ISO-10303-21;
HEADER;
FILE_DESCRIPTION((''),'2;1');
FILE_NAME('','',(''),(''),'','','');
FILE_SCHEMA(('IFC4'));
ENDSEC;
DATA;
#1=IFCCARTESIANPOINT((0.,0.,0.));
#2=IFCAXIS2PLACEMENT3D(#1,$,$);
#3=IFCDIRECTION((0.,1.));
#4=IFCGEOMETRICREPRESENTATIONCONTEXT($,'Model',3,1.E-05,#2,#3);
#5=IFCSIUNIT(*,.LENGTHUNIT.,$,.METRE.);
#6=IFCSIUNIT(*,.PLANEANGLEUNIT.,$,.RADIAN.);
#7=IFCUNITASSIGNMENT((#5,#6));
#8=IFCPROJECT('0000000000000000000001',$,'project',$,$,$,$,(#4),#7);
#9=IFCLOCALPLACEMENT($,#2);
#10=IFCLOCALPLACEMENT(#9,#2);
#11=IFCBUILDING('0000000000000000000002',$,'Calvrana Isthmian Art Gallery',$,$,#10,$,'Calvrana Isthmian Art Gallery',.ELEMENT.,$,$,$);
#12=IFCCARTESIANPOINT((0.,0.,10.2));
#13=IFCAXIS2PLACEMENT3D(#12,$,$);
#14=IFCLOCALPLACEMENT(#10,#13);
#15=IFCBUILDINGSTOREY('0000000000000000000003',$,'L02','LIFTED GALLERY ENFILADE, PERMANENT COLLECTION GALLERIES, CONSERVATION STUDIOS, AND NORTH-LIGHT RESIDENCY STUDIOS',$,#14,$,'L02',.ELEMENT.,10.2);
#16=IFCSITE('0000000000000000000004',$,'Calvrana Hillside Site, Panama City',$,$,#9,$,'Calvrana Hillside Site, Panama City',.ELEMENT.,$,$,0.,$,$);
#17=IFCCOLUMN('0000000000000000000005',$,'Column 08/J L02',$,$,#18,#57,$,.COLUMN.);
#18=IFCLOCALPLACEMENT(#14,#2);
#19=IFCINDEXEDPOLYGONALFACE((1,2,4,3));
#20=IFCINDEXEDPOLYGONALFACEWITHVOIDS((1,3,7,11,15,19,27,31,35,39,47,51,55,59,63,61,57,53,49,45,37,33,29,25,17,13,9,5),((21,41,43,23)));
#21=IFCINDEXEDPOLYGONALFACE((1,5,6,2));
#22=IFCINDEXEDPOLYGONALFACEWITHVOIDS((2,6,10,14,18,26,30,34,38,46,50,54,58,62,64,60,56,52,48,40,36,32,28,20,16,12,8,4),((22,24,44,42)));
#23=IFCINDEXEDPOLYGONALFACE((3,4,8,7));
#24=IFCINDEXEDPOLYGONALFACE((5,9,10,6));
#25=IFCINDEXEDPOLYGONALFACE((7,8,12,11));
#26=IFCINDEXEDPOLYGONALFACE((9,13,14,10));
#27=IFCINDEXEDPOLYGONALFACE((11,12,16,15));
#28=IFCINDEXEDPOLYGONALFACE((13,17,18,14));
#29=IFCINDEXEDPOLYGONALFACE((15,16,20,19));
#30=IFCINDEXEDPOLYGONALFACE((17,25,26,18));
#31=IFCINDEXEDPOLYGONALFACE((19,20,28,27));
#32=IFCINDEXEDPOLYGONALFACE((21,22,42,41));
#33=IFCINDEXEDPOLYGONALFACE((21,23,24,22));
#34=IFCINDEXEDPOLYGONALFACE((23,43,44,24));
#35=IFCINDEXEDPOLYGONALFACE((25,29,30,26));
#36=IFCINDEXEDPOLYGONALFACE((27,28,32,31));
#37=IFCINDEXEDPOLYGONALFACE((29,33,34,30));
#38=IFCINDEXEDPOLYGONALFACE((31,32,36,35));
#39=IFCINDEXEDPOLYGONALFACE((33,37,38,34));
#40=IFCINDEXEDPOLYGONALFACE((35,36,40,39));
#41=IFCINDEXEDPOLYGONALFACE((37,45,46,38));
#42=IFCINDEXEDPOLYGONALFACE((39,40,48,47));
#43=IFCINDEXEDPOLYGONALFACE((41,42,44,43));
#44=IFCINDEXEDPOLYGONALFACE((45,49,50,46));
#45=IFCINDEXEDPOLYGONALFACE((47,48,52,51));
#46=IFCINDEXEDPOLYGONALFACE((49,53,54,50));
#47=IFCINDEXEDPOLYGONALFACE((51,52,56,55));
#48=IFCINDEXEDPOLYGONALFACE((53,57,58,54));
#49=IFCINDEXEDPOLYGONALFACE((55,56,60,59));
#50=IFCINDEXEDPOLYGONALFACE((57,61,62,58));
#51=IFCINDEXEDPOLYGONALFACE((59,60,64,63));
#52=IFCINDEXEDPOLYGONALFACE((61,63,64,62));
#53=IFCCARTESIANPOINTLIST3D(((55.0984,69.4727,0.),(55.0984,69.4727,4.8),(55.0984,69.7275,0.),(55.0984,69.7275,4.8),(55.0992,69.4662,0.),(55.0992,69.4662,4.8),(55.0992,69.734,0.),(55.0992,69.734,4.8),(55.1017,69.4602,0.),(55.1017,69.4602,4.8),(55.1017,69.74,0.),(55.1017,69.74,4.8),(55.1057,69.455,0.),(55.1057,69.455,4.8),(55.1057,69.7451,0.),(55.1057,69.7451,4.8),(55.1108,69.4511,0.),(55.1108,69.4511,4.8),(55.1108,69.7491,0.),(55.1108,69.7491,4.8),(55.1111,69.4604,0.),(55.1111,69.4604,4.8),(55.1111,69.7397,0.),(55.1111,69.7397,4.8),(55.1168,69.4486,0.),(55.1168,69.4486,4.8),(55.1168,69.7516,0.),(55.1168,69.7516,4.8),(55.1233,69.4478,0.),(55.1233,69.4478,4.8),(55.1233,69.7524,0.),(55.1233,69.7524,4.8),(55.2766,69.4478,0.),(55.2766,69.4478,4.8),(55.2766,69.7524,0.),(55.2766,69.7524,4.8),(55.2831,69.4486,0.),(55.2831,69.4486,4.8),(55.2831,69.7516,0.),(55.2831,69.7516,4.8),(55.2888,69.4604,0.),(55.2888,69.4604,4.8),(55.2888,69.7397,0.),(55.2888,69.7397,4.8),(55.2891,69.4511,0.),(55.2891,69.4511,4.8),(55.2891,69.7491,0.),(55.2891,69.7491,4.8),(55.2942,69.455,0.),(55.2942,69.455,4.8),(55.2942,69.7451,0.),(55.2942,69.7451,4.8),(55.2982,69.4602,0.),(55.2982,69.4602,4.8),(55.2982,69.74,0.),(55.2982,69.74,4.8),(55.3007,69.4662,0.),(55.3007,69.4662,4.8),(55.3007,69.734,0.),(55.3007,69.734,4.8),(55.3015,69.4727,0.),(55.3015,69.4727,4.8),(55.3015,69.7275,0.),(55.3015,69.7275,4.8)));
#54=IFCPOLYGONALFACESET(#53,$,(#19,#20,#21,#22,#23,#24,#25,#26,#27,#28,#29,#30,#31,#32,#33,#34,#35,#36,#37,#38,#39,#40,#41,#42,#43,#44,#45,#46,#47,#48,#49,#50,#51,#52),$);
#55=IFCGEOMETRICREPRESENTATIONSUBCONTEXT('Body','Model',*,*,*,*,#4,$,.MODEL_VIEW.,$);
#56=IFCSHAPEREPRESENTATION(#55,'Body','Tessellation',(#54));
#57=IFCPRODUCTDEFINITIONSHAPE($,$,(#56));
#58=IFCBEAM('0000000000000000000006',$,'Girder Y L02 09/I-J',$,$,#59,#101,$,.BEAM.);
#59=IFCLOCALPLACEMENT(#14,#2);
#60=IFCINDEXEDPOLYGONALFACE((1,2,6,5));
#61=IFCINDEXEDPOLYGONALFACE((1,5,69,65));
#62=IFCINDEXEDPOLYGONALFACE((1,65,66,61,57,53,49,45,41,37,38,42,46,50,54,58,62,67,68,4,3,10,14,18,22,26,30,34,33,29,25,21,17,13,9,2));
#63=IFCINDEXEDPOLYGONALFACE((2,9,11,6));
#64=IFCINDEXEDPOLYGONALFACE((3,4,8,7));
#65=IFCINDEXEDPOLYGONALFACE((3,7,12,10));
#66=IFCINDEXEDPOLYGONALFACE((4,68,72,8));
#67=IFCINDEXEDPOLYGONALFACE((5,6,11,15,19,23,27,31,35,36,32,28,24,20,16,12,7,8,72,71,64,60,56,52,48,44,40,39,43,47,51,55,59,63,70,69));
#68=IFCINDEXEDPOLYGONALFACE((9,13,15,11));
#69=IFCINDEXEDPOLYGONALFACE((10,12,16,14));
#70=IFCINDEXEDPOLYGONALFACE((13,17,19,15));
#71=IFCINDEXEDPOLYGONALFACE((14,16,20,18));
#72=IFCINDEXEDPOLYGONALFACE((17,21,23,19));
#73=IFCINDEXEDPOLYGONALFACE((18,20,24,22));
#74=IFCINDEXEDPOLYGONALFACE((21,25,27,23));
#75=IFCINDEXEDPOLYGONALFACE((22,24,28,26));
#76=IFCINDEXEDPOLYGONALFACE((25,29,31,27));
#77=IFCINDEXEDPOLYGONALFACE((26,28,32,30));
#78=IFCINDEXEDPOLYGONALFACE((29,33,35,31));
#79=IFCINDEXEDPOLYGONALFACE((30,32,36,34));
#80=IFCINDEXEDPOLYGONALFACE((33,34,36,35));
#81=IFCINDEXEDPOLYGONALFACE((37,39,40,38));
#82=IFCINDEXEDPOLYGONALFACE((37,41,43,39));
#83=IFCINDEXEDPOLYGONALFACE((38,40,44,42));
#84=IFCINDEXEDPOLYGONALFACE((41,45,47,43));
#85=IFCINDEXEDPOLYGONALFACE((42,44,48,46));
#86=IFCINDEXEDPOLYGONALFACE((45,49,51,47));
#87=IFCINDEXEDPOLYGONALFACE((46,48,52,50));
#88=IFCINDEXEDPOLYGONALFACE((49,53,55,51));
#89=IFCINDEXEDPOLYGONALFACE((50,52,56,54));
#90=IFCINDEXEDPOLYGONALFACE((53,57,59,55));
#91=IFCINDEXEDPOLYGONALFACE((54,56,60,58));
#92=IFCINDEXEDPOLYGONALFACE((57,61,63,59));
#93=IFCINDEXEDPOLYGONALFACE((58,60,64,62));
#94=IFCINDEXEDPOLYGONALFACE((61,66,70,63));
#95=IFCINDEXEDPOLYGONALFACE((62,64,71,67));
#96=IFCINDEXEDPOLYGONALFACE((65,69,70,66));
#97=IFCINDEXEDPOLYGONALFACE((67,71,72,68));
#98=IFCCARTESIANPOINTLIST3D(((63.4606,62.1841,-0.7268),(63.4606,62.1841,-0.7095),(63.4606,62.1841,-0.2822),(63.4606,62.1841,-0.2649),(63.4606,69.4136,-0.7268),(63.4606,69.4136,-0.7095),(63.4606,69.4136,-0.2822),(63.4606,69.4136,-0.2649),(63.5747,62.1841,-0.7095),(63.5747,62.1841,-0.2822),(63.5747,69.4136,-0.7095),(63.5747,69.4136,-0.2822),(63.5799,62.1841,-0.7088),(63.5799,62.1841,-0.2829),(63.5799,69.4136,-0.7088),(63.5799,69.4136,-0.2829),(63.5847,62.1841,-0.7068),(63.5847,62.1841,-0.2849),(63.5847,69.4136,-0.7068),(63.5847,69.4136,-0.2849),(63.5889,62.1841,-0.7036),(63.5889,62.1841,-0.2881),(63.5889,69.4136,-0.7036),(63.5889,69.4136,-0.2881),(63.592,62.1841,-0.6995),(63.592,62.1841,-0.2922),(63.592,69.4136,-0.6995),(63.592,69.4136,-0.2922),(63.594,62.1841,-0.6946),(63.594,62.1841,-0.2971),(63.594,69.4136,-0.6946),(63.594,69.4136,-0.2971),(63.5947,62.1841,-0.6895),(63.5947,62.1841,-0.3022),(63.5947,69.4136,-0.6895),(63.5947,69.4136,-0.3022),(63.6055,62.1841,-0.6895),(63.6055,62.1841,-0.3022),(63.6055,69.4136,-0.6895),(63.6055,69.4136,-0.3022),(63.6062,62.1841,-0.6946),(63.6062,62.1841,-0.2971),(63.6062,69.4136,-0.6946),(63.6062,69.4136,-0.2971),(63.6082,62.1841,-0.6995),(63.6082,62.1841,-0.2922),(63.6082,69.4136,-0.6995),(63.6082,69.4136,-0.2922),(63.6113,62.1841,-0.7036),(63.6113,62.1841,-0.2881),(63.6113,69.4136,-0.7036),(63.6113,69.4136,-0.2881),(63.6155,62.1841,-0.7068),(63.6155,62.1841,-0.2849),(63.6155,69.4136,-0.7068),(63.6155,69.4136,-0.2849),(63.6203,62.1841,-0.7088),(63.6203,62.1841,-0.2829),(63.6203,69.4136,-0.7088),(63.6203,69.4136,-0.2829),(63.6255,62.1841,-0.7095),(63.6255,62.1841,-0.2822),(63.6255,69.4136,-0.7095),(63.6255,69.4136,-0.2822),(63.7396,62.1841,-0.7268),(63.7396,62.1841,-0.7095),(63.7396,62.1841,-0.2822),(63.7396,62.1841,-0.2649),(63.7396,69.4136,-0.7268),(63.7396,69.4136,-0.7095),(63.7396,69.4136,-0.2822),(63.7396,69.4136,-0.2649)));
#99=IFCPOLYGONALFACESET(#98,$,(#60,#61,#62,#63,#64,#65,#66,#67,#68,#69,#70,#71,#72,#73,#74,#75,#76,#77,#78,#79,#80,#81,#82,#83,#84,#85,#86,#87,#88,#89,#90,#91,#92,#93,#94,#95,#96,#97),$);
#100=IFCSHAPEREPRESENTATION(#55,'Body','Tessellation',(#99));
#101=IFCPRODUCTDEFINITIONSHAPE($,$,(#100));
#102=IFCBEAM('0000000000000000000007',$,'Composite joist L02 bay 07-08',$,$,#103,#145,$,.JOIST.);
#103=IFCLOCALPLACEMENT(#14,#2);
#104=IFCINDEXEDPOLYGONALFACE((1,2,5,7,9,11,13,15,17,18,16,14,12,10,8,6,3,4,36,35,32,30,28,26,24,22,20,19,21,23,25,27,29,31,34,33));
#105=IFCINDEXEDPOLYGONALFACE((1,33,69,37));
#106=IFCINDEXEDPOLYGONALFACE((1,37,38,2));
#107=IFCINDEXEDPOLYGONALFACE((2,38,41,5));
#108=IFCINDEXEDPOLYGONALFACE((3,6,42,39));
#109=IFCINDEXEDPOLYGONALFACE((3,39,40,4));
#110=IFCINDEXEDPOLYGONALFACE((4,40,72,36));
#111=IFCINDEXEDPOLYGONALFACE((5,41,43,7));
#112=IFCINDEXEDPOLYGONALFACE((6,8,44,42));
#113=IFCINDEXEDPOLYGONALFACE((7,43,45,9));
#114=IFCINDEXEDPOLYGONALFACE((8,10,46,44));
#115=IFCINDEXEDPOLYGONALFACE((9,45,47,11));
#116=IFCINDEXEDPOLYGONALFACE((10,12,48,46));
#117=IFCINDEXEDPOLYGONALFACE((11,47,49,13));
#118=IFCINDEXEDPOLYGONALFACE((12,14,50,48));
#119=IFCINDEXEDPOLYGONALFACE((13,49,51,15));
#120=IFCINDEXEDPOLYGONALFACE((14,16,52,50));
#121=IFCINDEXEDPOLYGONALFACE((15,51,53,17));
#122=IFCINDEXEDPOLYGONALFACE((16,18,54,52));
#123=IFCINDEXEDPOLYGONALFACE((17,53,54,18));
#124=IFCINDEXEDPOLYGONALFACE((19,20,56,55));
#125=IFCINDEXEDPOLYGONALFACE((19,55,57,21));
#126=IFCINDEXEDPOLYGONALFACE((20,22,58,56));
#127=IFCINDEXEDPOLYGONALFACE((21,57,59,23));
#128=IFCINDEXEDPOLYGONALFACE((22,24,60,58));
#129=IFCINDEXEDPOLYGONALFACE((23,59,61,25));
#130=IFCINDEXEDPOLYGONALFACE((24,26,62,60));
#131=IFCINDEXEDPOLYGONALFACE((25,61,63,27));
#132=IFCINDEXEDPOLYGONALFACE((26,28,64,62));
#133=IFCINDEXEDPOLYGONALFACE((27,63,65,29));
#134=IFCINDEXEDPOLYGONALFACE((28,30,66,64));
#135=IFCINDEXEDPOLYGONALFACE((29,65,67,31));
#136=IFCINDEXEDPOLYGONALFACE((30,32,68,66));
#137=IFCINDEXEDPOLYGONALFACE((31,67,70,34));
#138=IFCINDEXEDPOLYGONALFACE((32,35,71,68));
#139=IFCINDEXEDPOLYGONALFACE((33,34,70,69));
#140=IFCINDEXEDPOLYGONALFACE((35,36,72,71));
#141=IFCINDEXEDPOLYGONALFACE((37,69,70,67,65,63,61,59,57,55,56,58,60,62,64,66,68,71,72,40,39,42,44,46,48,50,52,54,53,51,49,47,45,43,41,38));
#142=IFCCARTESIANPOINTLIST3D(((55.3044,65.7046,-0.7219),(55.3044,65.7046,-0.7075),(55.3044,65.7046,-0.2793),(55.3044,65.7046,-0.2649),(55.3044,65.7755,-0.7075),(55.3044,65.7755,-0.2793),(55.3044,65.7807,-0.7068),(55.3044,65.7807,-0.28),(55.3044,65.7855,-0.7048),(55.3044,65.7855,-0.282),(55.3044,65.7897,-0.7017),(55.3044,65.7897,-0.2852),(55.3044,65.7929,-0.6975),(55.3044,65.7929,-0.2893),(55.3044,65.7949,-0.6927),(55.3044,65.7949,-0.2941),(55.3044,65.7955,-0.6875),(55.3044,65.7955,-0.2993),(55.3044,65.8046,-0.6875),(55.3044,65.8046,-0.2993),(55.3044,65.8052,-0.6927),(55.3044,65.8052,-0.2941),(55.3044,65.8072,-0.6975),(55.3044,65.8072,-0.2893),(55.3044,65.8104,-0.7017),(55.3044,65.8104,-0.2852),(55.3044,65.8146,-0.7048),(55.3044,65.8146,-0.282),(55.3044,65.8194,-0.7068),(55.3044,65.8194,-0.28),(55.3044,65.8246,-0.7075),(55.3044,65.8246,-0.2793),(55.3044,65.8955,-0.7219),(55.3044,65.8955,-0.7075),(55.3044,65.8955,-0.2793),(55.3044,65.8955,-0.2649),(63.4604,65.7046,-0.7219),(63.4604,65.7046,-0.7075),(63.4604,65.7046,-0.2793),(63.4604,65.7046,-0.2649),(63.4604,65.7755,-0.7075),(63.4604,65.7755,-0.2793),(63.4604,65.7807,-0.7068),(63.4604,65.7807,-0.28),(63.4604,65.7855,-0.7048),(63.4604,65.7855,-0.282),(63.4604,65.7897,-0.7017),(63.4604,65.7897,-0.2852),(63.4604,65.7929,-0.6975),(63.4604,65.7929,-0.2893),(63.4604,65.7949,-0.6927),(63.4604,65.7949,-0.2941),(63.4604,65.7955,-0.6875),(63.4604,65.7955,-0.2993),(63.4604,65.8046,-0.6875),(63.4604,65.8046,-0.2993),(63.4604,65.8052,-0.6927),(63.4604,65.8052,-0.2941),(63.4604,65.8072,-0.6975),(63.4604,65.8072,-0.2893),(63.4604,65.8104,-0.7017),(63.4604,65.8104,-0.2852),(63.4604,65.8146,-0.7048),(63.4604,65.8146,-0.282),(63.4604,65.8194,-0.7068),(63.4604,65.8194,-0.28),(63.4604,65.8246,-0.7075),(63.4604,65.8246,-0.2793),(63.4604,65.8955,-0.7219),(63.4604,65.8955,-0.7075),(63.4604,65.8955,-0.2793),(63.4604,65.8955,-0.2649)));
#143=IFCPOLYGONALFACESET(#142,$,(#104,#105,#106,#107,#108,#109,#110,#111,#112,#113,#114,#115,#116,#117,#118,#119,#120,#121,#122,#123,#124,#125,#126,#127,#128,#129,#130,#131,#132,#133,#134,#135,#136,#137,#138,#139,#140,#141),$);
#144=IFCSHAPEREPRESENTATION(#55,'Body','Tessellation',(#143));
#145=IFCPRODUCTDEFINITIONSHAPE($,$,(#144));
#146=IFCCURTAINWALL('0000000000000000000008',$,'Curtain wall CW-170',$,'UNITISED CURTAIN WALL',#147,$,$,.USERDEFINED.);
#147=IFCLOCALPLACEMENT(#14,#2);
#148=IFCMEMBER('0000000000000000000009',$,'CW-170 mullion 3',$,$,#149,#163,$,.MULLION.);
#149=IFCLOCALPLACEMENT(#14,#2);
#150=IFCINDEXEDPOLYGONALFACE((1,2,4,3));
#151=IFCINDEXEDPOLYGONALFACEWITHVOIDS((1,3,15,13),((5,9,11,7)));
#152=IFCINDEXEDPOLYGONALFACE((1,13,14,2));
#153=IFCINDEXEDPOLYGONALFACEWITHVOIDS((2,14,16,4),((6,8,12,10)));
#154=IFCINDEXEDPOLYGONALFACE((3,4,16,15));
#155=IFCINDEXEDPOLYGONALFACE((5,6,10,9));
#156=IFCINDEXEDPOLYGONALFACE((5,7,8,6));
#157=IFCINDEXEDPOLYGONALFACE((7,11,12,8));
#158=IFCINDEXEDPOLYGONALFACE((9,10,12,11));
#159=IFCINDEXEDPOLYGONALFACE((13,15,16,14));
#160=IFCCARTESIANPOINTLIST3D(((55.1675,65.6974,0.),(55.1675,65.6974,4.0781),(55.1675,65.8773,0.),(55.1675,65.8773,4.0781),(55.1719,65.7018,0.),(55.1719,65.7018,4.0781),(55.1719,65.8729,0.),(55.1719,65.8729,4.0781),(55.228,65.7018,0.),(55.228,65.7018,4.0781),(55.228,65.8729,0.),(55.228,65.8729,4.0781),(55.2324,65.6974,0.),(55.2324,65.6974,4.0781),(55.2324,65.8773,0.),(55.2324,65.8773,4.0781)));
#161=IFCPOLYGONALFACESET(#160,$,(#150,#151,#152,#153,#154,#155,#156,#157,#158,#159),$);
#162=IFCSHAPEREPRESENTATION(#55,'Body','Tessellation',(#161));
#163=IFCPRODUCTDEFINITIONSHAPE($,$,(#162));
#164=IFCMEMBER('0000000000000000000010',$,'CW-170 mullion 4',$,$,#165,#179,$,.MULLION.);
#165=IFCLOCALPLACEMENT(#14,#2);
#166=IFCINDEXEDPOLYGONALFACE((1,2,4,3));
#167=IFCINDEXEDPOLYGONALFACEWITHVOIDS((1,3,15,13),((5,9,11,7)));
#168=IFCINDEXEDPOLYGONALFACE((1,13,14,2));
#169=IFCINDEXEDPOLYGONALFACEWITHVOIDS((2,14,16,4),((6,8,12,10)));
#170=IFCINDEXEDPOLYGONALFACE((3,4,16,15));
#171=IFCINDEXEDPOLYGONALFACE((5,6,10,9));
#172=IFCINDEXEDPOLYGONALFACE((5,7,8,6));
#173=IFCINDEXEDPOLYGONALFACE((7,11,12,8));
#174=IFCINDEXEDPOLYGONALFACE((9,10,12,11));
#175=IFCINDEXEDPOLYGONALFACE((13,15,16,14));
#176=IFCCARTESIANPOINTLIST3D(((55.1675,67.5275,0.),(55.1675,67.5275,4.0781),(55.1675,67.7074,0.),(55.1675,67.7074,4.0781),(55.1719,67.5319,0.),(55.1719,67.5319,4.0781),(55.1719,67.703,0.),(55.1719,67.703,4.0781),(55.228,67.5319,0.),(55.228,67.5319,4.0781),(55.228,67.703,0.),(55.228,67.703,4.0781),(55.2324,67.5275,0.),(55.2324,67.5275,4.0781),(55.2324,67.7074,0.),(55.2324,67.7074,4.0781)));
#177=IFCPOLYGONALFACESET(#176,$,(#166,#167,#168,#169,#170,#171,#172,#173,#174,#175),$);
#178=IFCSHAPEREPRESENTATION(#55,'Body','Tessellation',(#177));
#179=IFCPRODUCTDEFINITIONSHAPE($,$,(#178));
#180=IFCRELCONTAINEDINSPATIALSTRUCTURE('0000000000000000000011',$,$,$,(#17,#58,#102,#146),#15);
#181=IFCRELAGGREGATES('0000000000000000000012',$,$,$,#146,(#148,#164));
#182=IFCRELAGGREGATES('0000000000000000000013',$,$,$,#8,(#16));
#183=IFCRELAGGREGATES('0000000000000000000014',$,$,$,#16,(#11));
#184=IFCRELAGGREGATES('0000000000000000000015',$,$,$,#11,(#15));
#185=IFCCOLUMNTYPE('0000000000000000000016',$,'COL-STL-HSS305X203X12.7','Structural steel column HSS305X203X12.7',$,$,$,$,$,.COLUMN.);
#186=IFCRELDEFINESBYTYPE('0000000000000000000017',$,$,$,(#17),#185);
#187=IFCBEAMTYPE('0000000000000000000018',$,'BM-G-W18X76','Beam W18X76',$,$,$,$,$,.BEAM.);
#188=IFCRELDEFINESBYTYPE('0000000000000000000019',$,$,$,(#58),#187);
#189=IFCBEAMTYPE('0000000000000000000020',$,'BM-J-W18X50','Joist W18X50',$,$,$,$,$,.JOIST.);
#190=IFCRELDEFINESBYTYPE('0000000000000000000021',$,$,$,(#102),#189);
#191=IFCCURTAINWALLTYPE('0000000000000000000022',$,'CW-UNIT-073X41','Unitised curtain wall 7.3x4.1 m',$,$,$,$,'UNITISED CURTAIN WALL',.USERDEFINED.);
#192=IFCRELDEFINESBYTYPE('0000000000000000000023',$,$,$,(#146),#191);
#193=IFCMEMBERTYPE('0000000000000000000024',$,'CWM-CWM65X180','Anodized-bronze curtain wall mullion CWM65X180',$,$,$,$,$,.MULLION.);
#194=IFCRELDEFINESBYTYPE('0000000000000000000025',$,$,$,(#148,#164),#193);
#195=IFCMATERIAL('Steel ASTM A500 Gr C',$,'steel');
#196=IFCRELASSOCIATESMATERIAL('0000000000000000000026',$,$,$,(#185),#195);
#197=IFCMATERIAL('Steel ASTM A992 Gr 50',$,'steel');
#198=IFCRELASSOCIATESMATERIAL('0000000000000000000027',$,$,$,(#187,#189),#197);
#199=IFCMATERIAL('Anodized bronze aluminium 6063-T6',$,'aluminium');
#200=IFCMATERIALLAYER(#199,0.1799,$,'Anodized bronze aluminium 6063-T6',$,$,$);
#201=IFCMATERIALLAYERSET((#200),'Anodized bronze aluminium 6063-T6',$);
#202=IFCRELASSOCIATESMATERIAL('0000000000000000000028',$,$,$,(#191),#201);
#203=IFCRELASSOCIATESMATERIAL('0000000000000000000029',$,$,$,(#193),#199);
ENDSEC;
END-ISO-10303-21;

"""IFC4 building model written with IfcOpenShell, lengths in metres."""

from ifc_helpers import new_model, si_unit, direction, frame, origin, origin_2d, place, context, subcontext, project, spatial, hollow_rectangle, i_section, extrude, material, layer, layer_set, material_profile, profile_set, type_object, element, aggregate, save


model = new_model("IFC4")

# Units and contexts
model_context = context("Model", 3, precision=1e-05, world=origin(), true_north=direction((0.0, 1.0)))
body_context = subcontext(model_context, "Body", "Model", "MODEL_VIEW")
ifc_project = project(units=[si_unit("LENGTHUNIT", "METRE"), si_unit("PLANEANGLEUNIT", "RADIAN")], contexts=[model_context])

# Site, building, storey
site_placement = place(None, origin())
site = spatial("IfcSite", under=ifc_project, at=site_placement, Name="Calvrana Hillside Site, Panama City", LongName="Calvrana Hillside Site, Panama City", CompositionType="ELEMENT", RefElevation=0.0)
building_placement = place(site_placement, origin())
building = spatial("IfcBuilding", under=site, at=building_placement, Name="Calvrana Isthmian Art Gallery", LongName="Calvrana Isthmian Art Gallery", CompositionType="ELEMENT")
storey_placement = place(building_placement, frame((0.0, 0.0, 10.2)))
storey = spatial("IfcBuildingStorey", under=building, at=storey_placement, Name="L02", Description="LIFTED GALLERY ENFILADE, PERMANENT COLLECTION GALLERIES, CONSERVATION STUDIOS, AND NORTH-LIGHT RESIDENCY STUDIOS", LongName="L02", CompositionType="ELEMENT", Elevation=10.2)

# Column
ifc_material_1 = material(Name="Steel ASTM A500 Gr C", Category="steel")
ifc_material_profile_1 = material_profile(ifc_material_1, hollow_rectangle(XDim=0.2031, YDim=0.3047, WallThickness=0.0127, OuterFilletRadius=0.0249, at=origin_2d()), Name="HSS305X203X12.7")
ifc_profile_set_1 = profile_set([ifc_material_profile_1], Name="Steel ASTM A500 Gr C")
column_type = type_object("IfcColumnType", Name="COL-STL-HSS305X203X12.7", Description="Structural steel column HSS305X203X12.7", PredefinedType="COLUMN", material=ifc_profile_set_1)
column_placement = place(storey_placement, frame((55.2, 69.6001, 0.0), z_axis=(0.0, 0.0, 1.0), x_axis=(1.0, 0.0, 0.0)))
element("IfcColumn", 1, at=column_placement, inside=storey, type_object=column_type, Name="Column 08/J L02", PredefinedType="COLUMN", context=body_context, shape_type="SweptSolid", body=[
    extrude(hollow_rectangle(XDim=0.2031, YDim=0.3047, WallThickness=0.0127, OuterFilletRadius=0.0249, at=origin_2d()), origin(), (0.0, 0.0, 1.0), 4.8),
])

# Beams
ifc_material_2 = material(Name="Steel ASTM A992 Gr 50", Category="steel")
ifc_material_profile_2 = material_profile(ifc_material_2, i_section(OverallWidth=0.2791, OverallDepth=0.4619, WebThickness=0.0107, FlangeThickness=0.0173, FilletRadius=0.02, at=origin_2d()), Name="W18X76")
ifc_profile_set_2 = profile_set([ifc_material_profile_2], Name="Steel ASTM A992 Gr 50")
beam_type_1 = type_object("IfcBeamType", Name="BM-G-W18X76", Description="Beam W18X76", PredefinedType="BEAM", material=ifc_profile_set_2)
beam_1_placement = place(storey_placement, frame((63.6001, 62.1841, -0.4958), z_axis=(0.0, 1.0, 0.0), x_axis=(-1.0, 0.0, 0.0)))
element("IfcBeam", 2, at=beam_1_placement, inside=storey, type_object=beam_type_1, Name="Girder Y L02 09/I-J", PredefinedType="BEAM", context=body_context, shape_type="SweptSolid", body=[
    extrude(i_section(OverallWidth=0.2791, OverallDepth=0.4619, WebThickness=0.0107, FlangeThickness=0.0173, FilletRadius=0.02, at=origin_2d()), origin(), (0.0, 0.0, 1.0), 7.2295),
])
ifc_material_profile_3 = material_profile(ifc_material_2, i_section(OverallWidth=0.1909, OverallDepth=0.457, WebThickness=0.009, FlangeThickness=0.0144, FilletRadius=0.02, at=origin_2d()), Name="W18X50")
ifc_profile_set_3 = profile_set([ifc_material_profile_3], Name="Steel ASTM A992 Gr 50")
beam_type_2 = type_object("IfcBeamType", Name="BM-J-W18X50", Description="Joist W18X50", PredefinedType="JOIST", material=ifc_profile_set_3)
beam_2_placement = place(storey_placement, frame((55.3044, 65.8, -0.4934), z_axis=(1.0, 0.0, 0.0), x_axis=(0.0, 1.0, 0.0)))
element("IfcBeam", 3, at=beam_2_placement, inside=storey, type_object=beam_type_2, Name="Composite joist L02 bay 07-08", PredefinedType="JOIST", context=body_context, shape_type="SweptSolid", body=[
    extrude(i_section(OverallWidth=0.1909, OverallDepth=0.457, WebThickness=0.009, FlangeThickness=0.0144, FilletRadius=0.02, at=origin_2d()), origin(), (0.0, 0.0, 1.0), 8.156),
])

# Curtain wall, members
ifc_material_3 = material(Name="Anodized bronze aluminium 6063-T6", Category="aluminium")
ifc_layer_1 = layer(ifc_material_3, 0.1799, Name="Anodized bronze aluminium 6063-T6")
ifc_layer_set_1 = layer_set([ifc_layer_1], Name="Anodized bronze aluminium 6063-T6")
curtain_wall_type = type_object("IfcCurtainWallType", Name="CW-UNIT-073X41", Description="Unitised curtain wall 7.3x4.1 m", ElementType="UNITISED CURTAIN WALL", PredefinedType="USERDEFINED", material=ifc_layer_set_1)
curtain_wall_placement = place(storey_placement, origin())
curtain_wall = element("IfcCurtainWall", 4, at=curtain_wall_placement, inside=storey, type_object=curtain_wall_type, Name="Curtain wall CW-170", ObjectType="UNITISED CURTAIN WALL", PredefinedType="USERDEFINED")
ifc_material_profile_4 = material_profile(ifc_material_3, hollow_rectangle(XDim=0.0649, YDim=0.1799, WallThickness=0.0044, at=origin_2d()), Name="CWM65X180")
ifc_profile_set_4 = profile_set([ifc_material_profile_4], Name="Anodized bronze aluminium 6063-T6")
member_type_1 = type_object("IfcMemberType", Name="CWM-CWM65X180", Description="Anodized-bronze curtain wall mullion CWM65X180", PredefinedType="MULLION", material=ifc_profile_set_4)
member_1_placement = place(storey_placement, frame((55.2, 65.7874, 0.0), z_axis=(0.0, 0.0, 1.0), x_axis=(-1.0, 0.0, 0.0)))
member_1 = element("IfcMember", 5, at=member_1_placement, type_object=member_type_1, Name="CW-170 mullion 3", PredefinedType="MULLION", context=body_context, shape_type="SweptSolid", body=[
    extrude(hollow_rectangle(XDim=0.0649, YDim=0.1799, WallThickness=0.0044, at=origin_2d()), origin(), (0.0, 0.0, 1.0), 4.0781),
])
member_2_placement = place(storey_placement, frame((55.2, 67.6174, 0.0), z_axis=(0.0, 0.0, 1.0), x_axis=(-1.0, 0.0, 0.0)))
member_2 = element("IfcMember", 6, at=member_2_placement, type_object=member_type_1, Name="CW-170 mullion 4", PredefinedType="MULLION", context=body_context, shape_type="SweptSolid", body=[
    extrude(hollow_rectangle(XDim=0.0649, YDim=0.1799, WallThickness=0.0044, at=origin_2d()), origin(), (0.0, 0.0, 1.0), 4.0781),
])
aggregate(curtain_wall, [member_1, member_2])

save(model, "model.ifc")
